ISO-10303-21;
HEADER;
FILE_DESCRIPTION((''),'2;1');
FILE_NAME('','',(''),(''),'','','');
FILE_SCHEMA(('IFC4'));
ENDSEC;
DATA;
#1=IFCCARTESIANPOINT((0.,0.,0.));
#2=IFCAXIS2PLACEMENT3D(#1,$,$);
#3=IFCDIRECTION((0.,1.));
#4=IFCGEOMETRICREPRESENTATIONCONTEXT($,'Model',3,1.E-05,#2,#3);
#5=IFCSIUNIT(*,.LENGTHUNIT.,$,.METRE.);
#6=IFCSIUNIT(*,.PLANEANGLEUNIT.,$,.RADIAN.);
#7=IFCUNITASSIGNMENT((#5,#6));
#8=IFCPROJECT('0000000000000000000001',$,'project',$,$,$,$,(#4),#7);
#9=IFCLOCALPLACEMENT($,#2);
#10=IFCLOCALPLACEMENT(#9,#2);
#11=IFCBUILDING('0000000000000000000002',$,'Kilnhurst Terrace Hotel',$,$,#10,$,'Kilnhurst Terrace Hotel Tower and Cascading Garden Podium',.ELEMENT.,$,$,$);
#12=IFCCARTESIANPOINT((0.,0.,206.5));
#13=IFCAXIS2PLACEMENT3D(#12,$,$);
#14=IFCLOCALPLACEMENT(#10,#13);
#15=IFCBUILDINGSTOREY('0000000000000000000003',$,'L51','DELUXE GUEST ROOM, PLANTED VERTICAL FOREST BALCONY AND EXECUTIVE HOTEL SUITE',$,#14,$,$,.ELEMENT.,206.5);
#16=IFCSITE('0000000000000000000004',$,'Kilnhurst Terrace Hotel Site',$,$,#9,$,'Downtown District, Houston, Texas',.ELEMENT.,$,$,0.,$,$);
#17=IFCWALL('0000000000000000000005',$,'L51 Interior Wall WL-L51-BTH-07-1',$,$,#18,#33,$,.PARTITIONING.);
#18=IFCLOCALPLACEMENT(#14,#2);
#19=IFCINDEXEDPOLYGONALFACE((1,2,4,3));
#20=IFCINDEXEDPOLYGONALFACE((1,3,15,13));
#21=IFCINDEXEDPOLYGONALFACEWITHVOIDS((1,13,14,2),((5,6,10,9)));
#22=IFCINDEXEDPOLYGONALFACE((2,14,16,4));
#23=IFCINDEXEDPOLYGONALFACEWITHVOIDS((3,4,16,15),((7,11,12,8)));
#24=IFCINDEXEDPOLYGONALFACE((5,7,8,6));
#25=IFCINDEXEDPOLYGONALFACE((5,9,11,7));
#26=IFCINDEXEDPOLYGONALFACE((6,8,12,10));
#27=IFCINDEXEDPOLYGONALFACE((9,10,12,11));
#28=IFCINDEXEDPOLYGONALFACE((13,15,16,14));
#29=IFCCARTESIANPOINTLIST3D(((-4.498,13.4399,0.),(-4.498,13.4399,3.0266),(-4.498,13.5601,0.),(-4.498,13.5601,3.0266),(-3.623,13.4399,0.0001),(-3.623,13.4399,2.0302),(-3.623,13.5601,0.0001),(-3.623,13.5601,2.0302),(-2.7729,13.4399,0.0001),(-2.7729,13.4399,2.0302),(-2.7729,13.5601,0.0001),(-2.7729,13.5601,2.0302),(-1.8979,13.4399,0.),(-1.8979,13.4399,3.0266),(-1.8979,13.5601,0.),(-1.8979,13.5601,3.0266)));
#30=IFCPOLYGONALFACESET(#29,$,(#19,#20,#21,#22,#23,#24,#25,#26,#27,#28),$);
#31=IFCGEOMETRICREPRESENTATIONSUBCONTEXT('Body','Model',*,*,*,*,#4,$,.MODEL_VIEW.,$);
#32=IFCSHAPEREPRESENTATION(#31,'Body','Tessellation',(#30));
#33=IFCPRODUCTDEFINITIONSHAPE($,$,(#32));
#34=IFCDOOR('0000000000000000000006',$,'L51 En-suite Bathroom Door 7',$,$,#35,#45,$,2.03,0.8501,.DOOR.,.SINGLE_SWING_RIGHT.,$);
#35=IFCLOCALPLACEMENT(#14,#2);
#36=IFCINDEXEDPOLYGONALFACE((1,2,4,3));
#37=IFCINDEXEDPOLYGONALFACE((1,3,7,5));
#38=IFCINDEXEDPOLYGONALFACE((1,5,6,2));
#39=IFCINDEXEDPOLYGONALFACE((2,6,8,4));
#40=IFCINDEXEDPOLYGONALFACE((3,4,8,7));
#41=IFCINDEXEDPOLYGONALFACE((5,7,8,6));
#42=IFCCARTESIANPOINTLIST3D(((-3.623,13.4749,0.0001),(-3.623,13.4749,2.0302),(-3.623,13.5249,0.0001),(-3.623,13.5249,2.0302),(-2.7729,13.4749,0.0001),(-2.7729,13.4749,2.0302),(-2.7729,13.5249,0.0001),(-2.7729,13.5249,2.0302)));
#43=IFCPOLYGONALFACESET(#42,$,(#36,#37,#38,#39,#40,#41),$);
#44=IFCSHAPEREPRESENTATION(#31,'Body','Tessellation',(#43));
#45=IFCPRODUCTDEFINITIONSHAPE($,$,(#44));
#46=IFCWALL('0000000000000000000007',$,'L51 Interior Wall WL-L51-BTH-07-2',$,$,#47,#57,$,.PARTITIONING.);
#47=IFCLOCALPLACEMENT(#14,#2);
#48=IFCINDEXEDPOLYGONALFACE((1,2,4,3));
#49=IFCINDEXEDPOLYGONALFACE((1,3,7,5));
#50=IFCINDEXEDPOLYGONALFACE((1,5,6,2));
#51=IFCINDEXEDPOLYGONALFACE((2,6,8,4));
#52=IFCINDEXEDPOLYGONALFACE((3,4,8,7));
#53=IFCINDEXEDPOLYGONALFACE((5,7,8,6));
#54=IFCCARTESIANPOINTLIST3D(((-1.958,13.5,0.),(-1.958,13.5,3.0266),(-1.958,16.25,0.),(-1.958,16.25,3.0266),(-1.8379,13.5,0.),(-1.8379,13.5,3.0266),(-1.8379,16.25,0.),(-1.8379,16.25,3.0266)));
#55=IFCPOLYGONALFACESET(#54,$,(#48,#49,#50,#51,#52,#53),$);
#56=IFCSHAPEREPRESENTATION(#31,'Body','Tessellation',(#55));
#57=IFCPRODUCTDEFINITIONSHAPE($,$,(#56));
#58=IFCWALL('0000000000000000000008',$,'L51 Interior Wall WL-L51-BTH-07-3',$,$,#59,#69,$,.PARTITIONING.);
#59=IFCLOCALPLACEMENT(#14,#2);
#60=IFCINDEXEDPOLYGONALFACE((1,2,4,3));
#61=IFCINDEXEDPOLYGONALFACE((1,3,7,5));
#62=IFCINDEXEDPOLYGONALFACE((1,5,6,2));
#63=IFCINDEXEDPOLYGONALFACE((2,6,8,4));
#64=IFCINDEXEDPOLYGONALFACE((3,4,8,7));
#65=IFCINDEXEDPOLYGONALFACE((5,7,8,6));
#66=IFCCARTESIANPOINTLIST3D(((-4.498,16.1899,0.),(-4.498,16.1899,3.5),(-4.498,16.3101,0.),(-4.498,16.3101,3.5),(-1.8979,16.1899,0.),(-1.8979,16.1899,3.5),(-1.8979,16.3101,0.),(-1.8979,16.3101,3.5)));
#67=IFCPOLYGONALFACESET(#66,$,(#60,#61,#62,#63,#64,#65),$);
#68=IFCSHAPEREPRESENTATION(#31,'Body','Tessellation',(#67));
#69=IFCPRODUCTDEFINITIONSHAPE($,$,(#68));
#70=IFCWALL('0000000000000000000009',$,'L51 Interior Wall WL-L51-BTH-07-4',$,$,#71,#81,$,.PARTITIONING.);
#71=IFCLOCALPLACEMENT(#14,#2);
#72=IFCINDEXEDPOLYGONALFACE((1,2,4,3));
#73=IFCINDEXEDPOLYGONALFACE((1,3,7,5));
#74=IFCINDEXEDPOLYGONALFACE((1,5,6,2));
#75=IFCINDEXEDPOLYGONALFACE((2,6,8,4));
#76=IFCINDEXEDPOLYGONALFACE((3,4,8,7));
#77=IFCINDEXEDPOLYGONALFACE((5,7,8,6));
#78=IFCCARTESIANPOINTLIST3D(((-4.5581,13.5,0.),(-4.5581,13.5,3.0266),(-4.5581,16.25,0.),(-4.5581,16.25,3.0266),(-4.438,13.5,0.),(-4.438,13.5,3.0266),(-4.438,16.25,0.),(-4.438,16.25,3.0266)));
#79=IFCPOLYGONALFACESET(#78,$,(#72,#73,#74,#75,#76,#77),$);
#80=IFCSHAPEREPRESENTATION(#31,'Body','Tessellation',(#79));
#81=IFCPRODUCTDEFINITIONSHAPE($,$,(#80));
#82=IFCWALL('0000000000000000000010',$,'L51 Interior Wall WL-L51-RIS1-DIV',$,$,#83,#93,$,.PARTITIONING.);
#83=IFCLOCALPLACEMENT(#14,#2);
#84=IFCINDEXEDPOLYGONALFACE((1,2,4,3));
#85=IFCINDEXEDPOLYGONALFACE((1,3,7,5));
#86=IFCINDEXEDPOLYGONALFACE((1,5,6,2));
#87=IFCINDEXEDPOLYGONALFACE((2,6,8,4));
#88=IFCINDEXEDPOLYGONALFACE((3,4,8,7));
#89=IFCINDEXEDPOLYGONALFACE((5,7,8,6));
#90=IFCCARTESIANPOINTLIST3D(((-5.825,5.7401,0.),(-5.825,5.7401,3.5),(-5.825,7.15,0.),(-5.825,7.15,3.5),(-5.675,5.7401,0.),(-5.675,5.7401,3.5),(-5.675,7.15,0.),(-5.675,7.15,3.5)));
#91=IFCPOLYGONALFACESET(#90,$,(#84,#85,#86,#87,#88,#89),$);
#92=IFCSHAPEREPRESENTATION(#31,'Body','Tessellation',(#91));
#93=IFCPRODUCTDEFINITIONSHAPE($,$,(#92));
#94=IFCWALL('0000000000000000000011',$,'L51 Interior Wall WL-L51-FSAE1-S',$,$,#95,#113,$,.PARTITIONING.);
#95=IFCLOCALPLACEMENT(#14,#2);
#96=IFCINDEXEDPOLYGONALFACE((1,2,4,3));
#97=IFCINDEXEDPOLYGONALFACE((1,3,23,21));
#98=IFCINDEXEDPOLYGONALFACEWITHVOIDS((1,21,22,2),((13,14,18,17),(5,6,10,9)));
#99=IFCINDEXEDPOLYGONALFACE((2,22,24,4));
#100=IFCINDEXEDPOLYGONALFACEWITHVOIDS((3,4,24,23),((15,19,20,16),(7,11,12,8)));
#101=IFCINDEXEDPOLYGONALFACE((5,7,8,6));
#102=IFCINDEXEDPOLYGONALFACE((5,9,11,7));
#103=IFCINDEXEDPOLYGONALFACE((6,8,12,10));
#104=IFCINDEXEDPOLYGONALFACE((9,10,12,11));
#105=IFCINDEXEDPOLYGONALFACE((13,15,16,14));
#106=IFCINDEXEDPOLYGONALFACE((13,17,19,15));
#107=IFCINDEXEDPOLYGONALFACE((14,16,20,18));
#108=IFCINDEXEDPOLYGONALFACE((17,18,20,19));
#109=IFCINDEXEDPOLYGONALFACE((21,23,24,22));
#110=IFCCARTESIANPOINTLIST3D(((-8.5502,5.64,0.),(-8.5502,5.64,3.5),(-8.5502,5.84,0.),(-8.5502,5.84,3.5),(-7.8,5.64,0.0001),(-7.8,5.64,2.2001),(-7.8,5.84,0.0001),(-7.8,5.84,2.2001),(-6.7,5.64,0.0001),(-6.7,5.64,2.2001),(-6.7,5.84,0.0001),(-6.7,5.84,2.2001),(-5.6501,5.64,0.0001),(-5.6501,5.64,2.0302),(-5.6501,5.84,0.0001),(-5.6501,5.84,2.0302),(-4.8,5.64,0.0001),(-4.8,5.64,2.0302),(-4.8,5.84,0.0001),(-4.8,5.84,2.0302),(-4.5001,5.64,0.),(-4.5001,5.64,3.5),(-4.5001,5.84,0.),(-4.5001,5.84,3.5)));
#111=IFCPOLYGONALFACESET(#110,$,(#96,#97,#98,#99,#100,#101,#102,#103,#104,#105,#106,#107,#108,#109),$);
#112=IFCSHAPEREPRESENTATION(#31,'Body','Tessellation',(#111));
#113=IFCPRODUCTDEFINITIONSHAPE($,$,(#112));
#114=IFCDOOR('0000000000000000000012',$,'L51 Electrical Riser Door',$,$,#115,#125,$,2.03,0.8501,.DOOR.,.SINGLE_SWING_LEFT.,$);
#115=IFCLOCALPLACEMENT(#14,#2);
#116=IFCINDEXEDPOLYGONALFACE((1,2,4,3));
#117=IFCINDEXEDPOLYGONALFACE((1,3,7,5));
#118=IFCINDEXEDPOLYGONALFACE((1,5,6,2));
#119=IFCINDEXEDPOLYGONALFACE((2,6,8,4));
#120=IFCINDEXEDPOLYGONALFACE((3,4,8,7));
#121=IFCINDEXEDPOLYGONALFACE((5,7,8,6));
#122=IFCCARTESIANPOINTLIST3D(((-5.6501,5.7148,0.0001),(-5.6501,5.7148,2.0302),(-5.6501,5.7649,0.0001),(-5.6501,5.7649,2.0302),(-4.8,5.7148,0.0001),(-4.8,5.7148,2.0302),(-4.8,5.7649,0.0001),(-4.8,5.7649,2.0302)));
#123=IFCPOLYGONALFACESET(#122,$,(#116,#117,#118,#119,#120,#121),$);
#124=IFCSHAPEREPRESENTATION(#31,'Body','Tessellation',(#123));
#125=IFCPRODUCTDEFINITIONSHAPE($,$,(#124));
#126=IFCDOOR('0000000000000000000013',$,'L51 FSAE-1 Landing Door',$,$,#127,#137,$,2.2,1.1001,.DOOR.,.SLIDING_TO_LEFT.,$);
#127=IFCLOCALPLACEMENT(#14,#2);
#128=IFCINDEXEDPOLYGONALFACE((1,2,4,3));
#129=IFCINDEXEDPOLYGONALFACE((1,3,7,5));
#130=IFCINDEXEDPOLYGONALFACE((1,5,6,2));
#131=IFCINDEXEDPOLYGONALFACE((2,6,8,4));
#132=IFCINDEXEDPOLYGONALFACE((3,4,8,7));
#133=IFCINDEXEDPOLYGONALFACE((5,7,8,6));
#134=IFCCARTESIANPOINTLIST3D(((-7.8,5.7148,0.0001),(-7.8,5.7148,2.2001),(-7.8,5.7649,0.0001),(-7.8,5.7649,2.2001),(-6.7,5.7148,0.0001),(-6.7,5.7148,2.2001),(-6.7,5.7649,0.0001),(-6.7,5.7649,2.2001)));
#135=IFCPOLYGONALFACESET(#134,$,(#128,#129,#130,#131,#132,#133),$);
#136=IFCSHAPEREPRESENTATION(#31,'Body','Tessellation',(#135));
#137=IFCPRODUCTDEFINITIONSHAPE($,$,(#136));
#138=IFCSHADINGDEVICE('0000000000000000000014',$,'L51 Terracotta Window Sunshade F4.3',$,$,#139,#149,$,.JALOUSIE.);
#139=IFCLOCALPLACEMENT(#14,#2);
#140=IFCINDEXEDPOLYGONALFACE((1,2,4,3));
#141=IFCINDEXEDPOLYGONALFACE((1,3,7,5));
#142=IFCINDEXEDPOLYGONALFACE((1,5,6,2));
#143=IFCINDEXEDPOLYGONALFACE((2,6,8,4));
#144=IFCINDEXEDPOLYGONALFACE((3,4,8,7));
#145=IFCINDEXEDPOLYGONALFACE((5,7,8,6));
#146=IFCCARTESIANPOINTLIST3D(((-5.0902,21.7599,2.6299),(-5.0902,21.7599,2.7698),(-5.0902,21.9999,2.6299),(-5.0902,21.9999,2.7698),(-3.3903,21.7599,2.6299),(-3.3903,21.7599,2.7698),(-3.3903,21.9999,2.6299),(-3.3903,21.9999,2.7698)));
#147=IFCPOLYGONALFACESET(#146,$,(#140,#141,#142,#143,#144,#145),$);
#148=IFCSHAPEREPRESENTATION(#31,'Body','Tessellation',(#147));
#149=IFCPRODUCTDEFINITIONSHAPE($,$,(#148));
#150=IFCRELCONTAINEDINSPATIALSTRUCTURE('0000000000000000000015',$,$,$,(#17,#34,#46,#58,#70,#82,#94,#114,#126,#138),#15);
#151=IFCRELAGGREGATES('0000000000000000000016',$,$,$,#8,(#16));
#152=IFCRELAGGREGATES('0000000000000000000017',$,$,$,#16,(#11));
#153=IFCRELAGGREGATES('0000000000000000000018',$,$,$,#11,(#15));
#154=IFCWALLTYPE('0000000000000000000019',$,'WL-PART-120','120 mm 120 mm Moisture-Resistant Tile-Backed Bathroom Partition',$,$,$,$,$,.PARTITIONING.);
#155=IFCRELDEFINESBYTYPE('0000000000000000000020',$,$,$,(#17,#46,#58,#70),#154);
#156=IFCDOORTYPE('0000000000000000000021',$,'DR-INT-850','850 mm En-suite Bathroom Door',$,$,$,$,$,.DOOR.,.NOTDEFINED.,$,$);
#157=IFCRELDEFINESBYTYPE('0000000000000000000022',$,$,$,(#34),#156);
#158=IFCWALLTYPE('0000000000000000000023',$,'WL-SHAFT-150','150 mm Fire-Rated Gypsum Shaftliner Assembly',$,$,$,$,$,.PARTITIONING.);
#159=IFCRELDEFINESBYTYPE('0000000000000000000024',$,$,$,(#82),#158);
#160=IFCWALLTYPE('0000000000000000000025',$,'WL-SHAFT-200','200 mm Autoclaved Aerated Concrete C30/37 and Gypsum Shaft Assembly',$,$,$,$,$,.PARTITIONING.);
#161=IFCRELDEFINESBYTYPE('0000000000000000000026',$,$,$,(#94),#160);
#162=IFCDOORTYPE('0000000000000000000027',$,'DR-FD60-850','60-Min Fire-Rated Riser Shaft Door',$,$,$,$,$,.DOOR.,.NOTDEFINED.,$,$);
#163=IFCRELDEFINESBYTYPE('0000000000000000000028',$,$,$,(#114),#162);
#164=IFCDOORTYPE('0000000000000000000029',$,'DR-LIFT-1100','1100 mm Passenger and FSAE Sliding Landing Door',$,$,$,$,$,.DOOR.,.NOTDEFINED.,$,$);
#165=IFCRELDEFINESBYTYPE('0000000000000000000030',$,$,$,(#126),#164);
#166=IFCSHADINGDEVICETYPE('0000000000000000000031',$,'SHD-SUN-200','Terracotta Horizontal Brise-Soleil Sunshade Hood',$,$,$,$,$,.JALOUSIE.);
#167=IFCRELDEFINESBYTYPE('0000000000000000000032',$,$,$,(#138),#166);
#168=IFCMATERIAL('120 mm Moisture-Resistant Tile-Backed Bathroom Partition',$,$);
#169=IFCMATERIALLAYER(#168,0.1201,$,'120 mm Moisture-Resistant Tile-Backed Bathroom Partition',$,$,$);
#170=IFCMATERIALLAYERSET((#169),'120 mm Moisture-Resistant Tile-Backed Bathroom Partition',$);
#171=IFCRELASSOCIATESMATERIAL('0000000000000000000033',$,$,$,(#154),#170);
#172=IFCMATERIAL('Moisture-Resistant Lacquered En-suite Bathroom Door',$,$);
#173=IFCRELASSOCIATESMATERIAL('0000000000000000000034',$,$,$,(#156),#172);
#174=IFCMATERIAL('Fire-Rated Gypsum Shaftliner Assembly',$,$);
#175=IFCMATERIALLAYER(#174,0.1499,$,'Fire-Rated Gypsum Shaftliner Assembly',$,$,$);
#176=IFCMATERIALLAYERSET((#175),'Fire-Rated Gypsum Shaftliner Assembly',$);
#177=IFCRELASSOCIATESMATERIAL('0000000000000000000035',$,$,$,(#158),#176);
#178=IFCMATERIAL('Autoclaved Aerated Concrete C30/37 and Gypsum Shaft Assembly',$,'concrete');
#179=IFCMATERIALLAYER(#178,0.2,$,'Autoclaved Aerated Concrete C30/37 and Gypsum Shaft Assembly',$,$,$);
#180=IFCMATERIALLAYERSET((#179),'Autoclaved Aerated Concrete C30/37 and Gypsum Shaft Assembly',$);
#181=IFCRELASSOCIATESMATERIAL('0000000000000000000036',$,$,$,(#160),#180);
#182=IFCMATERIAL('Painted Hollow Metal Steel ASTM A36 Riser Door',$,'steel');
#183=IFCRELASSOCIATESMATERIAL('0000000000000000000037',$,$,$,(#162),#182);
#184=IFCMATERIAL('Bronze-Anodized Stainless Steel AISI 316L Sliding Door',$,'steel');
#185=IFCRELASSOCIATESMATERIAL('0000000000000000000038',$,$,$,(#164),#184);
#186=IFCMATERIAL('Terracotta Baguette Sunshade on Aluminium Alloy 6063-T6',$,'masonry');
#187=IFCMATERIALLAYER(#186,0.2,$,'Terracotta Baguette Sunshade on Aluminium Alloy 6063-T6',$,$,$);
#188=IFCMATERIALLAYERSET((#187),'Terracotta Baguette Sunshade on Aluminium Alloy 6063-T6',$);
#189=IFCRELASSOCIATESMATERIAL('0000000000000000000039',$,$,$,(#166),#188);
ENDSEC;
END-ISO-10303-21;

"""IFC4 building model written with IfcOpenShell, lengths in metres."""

from ifc_helpers import new_model, si_unit, direction, frame, frame_2d, origin, origin_2d, place, context, subcontext, project, spatial, rectangle, extrude, material, layer, layer_set, type_object, element, fill, save


model = new_model("IFC4")

# Units and contexts
model_context = context("Model", 3, precision=1e-05, world=origin(), true_north=direction((0.0, 1.0)))
body_context = subcontext(model_context, "Body", "Model", "MODEL_VIEW")
ifc_project = project(units=[si_unit("LENGTHUNIT", "METRE"), si_unit("PLANEANGLEUNIT", "RADIAN")], contexts=[model_context])

# Site, building, storey
site_placement = place(None, origin())
site = spatial("IfcSite", under=ifc_project, at=site_placement, Name="Kilnhurst Terrace Hotel Site", LongName="Downtown District, Houston, Texas", CompositionType="ELEMENT", RefElevation=0.0)
building_placement = place(site_placement, origin())
building = spatial("IfcBuilding", under=site, at=building_placement, Name="Kilnhurst Terrace Hotel", LongName="Kilnhurst Terrace Hotel Tower and Cascading Garden Podium", CompositionType="ELEMENT")
storey_placement = place(building_placement, frame((0.0, 0.0, 206.5)))
storey = spatial("IfcBuildingStorey", under=building, at=storey_placement, Name="L51", Description="DELUXE GUEST ROOM, PLANTED VERTICAL FOREST BALCONY AND EXECUTIVE HOTEL SUITE", CompositionType="ELEMENT", Elevation=206.5)

# Wall, opening, door
ifc_material_1 = material(Name="120 mm Moisture-Resistant Tile-Backed Bathroom Partition")
ifc_layer_1 = layer(ifc_material_1, 0.1201, Name="120 mm Moisture-Resistant Tile-Backed Bathroom Partition")
ifc_layer_set_1 = layer_set([ifc_layer_1], Name="120 mm Moisture-Resistant Tile-Backed Bathroom Partition")
wall_type_1 = type_object("IfcWallType", Name="WL-PART-120", Description="120 mm 120 mm Moisture-Resistant Tile-Backed Bathroom Partition", PredefinedType="PARTITIONING", material=ifc_layer_set_1)
wall_1_placement = place(storey_placement, frame((-4.498, 13.5, 0.0), z_axis=(0.0, 0.0, 1.0), x_axis=(1.0, 0.0, 0.0)))
wall_1 = element("IfcWall", 1, at=wall_1_placement, inside=storey, type_object=wall_type_1, Name="L51 Interior Wall WL-L51-BTH-07-1", PredefinedType="PARTITIONING", context=body_context, shape_type="SweptSolid", body=[
    extrude(rectangle(XDim=2.6001, YDim=0.1201, at=frame_2d((1.3, 0.0))), origin(), (0.0, 0.0, 1.0), 3.0266),
])
opening_1_placement = place(wall_1_placement, frame((0.875, 0.0, 0.0)))
opening_1 = element("IfcOpeningElement", 2, at=opening_1_placement, cuts=wall_1, PredefinedType="OPENING", context=body_context, shape_type="SweptSolid", body=[
    extrude(rectangle(XDim=0.8501, YDim=2.03, at=frame_2d((0.425, 1.0151))), frame((0.0, 0.0701, 0.0), z_axis=(0.0, -1.0, 0.0), x_axis=(1.0, 0.0, 0.0)), (0.0, 0.0, 1.0), 0.1401),
])
ifc_material_2 = material(Name="Moisture-Resistant Lacquered En-suite Bathroom Door")
door_type_1 = type_object("IfcDoorType", Name="DR-INT-850", Description="850 mm En-suite Bathroom Door", OperationType="NOTDEFINED", PredefinedType="DOOR", material=ifc_material_2)
door_1_placement = place(opening_1_placement, origin())
door_1 = element("IfcDoor", 3, at=door_1_placement, inside=storey, type_object=door_type_1, Name="L51 En-suite Bathroom Door 7", OperationType="SINGLE_SWING_RIGHT", OverallHeight=2.03, OverallWidth=0.8501, PredefinedType="DOOR", context=body_context, shape_type="SweptSolid", body=[
    extrude(rectangle(XDim=0.8501, YDim=2.03, at=frame_2d((0.425, 1.0151))), frame((0.0, 0.0249, 0.0), z_axis=(0.0, -1.0, 0.0), x_axis=(1.0, 0.0, 0.0)), (0.0, 0.0, 1.0), 0.05),
])
fill(opening_1, door_1)

# Walls
wall_2_placement = place(storey_placement, frame((-1.8979, 13.5, 0.0), z_axis=(0.0, 0.0, 1.0), x_axis=(0.0, 1.0, 0.0)))
element("IfcWall", 4, at=wall_2_placement, inside=storey, type_object=wall_type_1, Name="L51 Interior Wall WL-L51-BTH-07-2", PredefinedType="PARTITIONING", context=body_context, shape_type="SweptSolid", body=[
    extrude(rectangle(XDim=2.75, YDim=0.1201, at=frame_2d((1.375, 0.0))), origin(), (0.0, 0.0, 1.0), 3.0266),
])
wall_3_placement = place(storey_placement, frame((-1.8979, 16.25, 0.0), z_axis=(0.0, 0.0, 1.0), x_axis=(-1.0, 0.0, 0.0)))
element("IfcWall", 5, at=wall_3_placement, inside=storey, type_object=wall_type_1, Name="L51 Interior Wall WL-L51-BTH-07-3", PredefinedType="PARTITIONING", context=body_context, shape_type="SweptSolid", body=[
    extrude(rectangle(XDim=2.6001, YDim=0.1201, at=frame_2d((1.3, 0.0))), origin(), (0.0, 0.0, 1.0), 3.5),
])
wall_4_placement = place(storey_placement, frame((-4.498, 16.25, 0.0), z_axis=(0.0, 0.0, 1.0), x_axis=(0.0, -1.0, 0.0)))
element("IfcWall", 6, at=wall_4_placement, inside=storey, type_object=wall_type_1, Name="L51 Interior Wall WL-L51-BTH-07-4", PredefinedType="PARTITIONING", context=body_context, shape_type="SweptSolid", body=[
    extrude(rectangle(XDim=2.75, YDim=0.1201, at=frame_2d((1.375, 0.0))), origin(), (0.0, 0.0, 1.0), 3.0266),
])
ifc_material_3 = material(Name="Fire-Rated Gypsum Shaftliner Assembly")
ifc_layer_2 = layer(ifc_material_3, 0.1499, Name="Fire-Rated Gypsum Shaftliner Assembly")
ifc_layer_set_2 = layer_set([ifc_layer_2], Name="Fire-Rated Gypsum Shaftliner Assembly")
wall_type_2 = type_object("IfcWallType", Name="WL-SHAFT-150", Description="150 mm Fire-Rated Gypsum Shaftliner Assembly", PredefinedType="PARTITIONING", material=ifc_layer_set_2)
wall_5_placement = place(storey_placement, frame((-5.75, 5.74, 0.0), z_axis=(0.0, 0.0, 1.0), x_axis=(0.0, 1.0, 0.0)))
element("IfcWall", 7, at=wall_5_placement, inside=storey, type_object=wall_type_2, Name="L51 Interior Wall WL-L51-RIS1-DIV", PredefinedType="PARTITIONING", context=body_context, shape_type="SweptSolid", body=[
    extrude(rectangle(XDim=1.4099, YDim=0.1499, at=frame_2d((0.7051, 0.0))), origin(), (0.0, 0.0, 1.0), 3.5),
])

# Wall, openings, doors
ifc_material_4 = material(Name="Autoclaved Aerated Concrete C30/37 and Gypsum Shaft Assembly", Category="concrete")
ifc_layer_3 = layer(ifc_material_4, 0.2, Name="Autoclaved Aerated Concrete C30/37 and Gypsum Shaft Assembly")
ifc_layer_set_3 = layer_set([ifc_layer_3], Name="Autoclaved Aerated Concrete C30/37 and Gypsum Shaft Assembly")
wall_type_3 = type_object("IfcWallType", Name="WL-SHAFT-200", Description="200 mm Autoclaved Aerated Concrete C30/37 and Gypsum Shaft Assembly", PredefinedType="PARTITIONING", material=ifc_layer_set_3)
wall_6_placement = place(storey_placement, frame((-8.55, 5.74, 0.0), z_axis=(0.0, 0.0, 1.0), x_axis=(1.0, 0.0, 0.0)))
wall_6 = element("IfcWall", 8, at=wall_6_placement, inside=storey, type_object=wall_type_3, Name="L51 Interior Wall WL-L51-FSAE1-S", PredefinedType="PARTITIONING", context=body_context, shape_type="SweptSolid", body=[
    extrude(rectangle(XDim=4.05, YDim=0.2, at=frame_2d((2.0249, 0.0))), origin(), (0.0, 0.0, 1.0), 3.5),
])
opening_2_placement = place(wall_6_placement, frame((0.75, 0.0, 0.0)))
opening_2 = element("IfcOpeningElement", 9, at=opening_2_placement, cuts=wall_6, PredefinedType="OPENING", context=body_context, shape_type="SweptSolid", body=[
    extrude(rectangle(XDim=1.1001, YDim=2.2, at=frame_2d((0.55, 1.1001))), frame((0.0, 0.1099, 0.0), z_axis=(0.0, -1.0, 0.0), x_axis=(1.0, 0.0, 0.0)), (0.0, 0.0, 1.0), 0.22),
])
opening_3_placement = place(wall_6_placement, frame((2.8999, 0.0, 0.0)))
opening_3 = element("IfcOpeningElement", 10, at=opening_3_placement, cuts=wall_6, PredefinedType="OPENING", context=body_context, shape_type="SweptSolid", body=[
    extrude(rectangle(XDim=0.8501, YDim=2.03, at=frame_2d((0.425, 1.0151))), frame((0.0, 0.1099, 0.0), z_axis=(0.0, -1.0, 0.0), x_axis=(1.0, 0.0, 0.0)), (0.0, 0.0, 1.0), 0.22),
])
ifc_material_5 = material(Name="Painted Hollow Metal Steel ASTM A36 Riser Door", Category="steel")
door_type_2 = type_object("IfcDoorType", Name="DR-FD60-850", Description="60-Min Fire-Rated Riser Shaft Door", OperationType="NOTDEFINED", PredefinedType="DOOR", material=ifc_material_5)
door_2_placement = place(opening_3_placement, origin())
door_2 = element("IfcDoor", 11, at=door_2_placement, inside=storey, type_object=door_type_2, Name="L51 Electrical Riser Door", OperationType="SINGLE_SWING_LEFT", OverallHeight=2.03, OverallWidth=0.8501, PredefinedType="DOOR", context=body_context, shape_type="SweptSolid", body=[
    extrude(rectangle(XDim=0.8501, YDim=2.03, at=frame_2d((0.425, 1.0151))), frame((0.0, 0.0249, 0.0), z_axis=(0.0, -1.0, 0.0), x_axis=(1.0, 0.0, 0.0)), (0.0, 0.0, 1.0), 0.05),
])
fill(opening_3, door_2)
ifc_material_6 = material(Name="Bronze-Anodized Stainless Steel AISI 316L Sliding Door", Category="steel")
door_type_3 = type_object("IfcDoorType", Name="DR-LIFT-1100", Description="1100 mm Passenger and FSAE Sliding Landing Door", OperationType="NOTDEFINED", PredefinedType="DOOR", material=ifc_material_6)
door_3_placement = place(opening_2_placement, origin())
door_3 = element("IfcDoor", 12, at=door_3_placement, inside=storey, type_object=door_type_3, Name="L51 FSAE-1 Landing Door", OperationType="SLIDING_TO_LEFT", OverallHeight=2.2, OverallWidth=1.1001, PredefinedType="DOOR", context=body_context, shape_type="SweptSolid", body=[
    extrude(rectangle(XDim=1.1001, YDim=2.2, at=frame_2d((0.55, 1.1001))), frame((0.0, 0.0249, 0.0), z_axis=(0.0, -1.0, 0.0), x_axis=(1.0, 0.0, 0.0)), (0.0, 0.0, 1.0), 0.05),
])
fill(opening_2, door_3)

# Shading device
ifc_material_7 = material(Name="Terracotta Baguette Sunshade on Aluminium Alloy 6063-T6", Category="masonry")
ifc_layer_4 = layer(ifc_material_7, 0.2, Name="Terracotta Baguette Sunshade on Aluminium Alloy 6063-T6")
ifc_layer_set_4 = layer_set([ifc_layer_4], Name="Terracotta Baguette Sunshade on Aluminium Alloy 6063-T6")
shading_device_type = type_object("IfcShadingDeviceType", Name="SHD-SUN-200", Description="Terracotta Horizontal Brise-Soleil Sunshade Hood", PredefinedType="JALOUSIE", material=ifc_layer_set_4)
shading_device_placement = place(storey_placement, frame((-4.2402, 21.8799, 2.6299), z_axis=(0.0, 0.0, 1.0), x_axis=(-1.0, 0.0, 0.0)))
element("IfcShadingDevice", 13, at=shading_device_placement, inside=storey, type_object=shading_device_type, Name="L51 Terracotta Window Sunshade F4.3", PredefinedType="JALOUSIE", context=body_context, shape_type="SweptSolid", body=[
    extrude(rectangle(XDim=1.7, YDim=0.24, at=origin_2d()), origin(), (0.0, 0.0, 1.0), 0.1399),
])

save(model, "model.ifc")
